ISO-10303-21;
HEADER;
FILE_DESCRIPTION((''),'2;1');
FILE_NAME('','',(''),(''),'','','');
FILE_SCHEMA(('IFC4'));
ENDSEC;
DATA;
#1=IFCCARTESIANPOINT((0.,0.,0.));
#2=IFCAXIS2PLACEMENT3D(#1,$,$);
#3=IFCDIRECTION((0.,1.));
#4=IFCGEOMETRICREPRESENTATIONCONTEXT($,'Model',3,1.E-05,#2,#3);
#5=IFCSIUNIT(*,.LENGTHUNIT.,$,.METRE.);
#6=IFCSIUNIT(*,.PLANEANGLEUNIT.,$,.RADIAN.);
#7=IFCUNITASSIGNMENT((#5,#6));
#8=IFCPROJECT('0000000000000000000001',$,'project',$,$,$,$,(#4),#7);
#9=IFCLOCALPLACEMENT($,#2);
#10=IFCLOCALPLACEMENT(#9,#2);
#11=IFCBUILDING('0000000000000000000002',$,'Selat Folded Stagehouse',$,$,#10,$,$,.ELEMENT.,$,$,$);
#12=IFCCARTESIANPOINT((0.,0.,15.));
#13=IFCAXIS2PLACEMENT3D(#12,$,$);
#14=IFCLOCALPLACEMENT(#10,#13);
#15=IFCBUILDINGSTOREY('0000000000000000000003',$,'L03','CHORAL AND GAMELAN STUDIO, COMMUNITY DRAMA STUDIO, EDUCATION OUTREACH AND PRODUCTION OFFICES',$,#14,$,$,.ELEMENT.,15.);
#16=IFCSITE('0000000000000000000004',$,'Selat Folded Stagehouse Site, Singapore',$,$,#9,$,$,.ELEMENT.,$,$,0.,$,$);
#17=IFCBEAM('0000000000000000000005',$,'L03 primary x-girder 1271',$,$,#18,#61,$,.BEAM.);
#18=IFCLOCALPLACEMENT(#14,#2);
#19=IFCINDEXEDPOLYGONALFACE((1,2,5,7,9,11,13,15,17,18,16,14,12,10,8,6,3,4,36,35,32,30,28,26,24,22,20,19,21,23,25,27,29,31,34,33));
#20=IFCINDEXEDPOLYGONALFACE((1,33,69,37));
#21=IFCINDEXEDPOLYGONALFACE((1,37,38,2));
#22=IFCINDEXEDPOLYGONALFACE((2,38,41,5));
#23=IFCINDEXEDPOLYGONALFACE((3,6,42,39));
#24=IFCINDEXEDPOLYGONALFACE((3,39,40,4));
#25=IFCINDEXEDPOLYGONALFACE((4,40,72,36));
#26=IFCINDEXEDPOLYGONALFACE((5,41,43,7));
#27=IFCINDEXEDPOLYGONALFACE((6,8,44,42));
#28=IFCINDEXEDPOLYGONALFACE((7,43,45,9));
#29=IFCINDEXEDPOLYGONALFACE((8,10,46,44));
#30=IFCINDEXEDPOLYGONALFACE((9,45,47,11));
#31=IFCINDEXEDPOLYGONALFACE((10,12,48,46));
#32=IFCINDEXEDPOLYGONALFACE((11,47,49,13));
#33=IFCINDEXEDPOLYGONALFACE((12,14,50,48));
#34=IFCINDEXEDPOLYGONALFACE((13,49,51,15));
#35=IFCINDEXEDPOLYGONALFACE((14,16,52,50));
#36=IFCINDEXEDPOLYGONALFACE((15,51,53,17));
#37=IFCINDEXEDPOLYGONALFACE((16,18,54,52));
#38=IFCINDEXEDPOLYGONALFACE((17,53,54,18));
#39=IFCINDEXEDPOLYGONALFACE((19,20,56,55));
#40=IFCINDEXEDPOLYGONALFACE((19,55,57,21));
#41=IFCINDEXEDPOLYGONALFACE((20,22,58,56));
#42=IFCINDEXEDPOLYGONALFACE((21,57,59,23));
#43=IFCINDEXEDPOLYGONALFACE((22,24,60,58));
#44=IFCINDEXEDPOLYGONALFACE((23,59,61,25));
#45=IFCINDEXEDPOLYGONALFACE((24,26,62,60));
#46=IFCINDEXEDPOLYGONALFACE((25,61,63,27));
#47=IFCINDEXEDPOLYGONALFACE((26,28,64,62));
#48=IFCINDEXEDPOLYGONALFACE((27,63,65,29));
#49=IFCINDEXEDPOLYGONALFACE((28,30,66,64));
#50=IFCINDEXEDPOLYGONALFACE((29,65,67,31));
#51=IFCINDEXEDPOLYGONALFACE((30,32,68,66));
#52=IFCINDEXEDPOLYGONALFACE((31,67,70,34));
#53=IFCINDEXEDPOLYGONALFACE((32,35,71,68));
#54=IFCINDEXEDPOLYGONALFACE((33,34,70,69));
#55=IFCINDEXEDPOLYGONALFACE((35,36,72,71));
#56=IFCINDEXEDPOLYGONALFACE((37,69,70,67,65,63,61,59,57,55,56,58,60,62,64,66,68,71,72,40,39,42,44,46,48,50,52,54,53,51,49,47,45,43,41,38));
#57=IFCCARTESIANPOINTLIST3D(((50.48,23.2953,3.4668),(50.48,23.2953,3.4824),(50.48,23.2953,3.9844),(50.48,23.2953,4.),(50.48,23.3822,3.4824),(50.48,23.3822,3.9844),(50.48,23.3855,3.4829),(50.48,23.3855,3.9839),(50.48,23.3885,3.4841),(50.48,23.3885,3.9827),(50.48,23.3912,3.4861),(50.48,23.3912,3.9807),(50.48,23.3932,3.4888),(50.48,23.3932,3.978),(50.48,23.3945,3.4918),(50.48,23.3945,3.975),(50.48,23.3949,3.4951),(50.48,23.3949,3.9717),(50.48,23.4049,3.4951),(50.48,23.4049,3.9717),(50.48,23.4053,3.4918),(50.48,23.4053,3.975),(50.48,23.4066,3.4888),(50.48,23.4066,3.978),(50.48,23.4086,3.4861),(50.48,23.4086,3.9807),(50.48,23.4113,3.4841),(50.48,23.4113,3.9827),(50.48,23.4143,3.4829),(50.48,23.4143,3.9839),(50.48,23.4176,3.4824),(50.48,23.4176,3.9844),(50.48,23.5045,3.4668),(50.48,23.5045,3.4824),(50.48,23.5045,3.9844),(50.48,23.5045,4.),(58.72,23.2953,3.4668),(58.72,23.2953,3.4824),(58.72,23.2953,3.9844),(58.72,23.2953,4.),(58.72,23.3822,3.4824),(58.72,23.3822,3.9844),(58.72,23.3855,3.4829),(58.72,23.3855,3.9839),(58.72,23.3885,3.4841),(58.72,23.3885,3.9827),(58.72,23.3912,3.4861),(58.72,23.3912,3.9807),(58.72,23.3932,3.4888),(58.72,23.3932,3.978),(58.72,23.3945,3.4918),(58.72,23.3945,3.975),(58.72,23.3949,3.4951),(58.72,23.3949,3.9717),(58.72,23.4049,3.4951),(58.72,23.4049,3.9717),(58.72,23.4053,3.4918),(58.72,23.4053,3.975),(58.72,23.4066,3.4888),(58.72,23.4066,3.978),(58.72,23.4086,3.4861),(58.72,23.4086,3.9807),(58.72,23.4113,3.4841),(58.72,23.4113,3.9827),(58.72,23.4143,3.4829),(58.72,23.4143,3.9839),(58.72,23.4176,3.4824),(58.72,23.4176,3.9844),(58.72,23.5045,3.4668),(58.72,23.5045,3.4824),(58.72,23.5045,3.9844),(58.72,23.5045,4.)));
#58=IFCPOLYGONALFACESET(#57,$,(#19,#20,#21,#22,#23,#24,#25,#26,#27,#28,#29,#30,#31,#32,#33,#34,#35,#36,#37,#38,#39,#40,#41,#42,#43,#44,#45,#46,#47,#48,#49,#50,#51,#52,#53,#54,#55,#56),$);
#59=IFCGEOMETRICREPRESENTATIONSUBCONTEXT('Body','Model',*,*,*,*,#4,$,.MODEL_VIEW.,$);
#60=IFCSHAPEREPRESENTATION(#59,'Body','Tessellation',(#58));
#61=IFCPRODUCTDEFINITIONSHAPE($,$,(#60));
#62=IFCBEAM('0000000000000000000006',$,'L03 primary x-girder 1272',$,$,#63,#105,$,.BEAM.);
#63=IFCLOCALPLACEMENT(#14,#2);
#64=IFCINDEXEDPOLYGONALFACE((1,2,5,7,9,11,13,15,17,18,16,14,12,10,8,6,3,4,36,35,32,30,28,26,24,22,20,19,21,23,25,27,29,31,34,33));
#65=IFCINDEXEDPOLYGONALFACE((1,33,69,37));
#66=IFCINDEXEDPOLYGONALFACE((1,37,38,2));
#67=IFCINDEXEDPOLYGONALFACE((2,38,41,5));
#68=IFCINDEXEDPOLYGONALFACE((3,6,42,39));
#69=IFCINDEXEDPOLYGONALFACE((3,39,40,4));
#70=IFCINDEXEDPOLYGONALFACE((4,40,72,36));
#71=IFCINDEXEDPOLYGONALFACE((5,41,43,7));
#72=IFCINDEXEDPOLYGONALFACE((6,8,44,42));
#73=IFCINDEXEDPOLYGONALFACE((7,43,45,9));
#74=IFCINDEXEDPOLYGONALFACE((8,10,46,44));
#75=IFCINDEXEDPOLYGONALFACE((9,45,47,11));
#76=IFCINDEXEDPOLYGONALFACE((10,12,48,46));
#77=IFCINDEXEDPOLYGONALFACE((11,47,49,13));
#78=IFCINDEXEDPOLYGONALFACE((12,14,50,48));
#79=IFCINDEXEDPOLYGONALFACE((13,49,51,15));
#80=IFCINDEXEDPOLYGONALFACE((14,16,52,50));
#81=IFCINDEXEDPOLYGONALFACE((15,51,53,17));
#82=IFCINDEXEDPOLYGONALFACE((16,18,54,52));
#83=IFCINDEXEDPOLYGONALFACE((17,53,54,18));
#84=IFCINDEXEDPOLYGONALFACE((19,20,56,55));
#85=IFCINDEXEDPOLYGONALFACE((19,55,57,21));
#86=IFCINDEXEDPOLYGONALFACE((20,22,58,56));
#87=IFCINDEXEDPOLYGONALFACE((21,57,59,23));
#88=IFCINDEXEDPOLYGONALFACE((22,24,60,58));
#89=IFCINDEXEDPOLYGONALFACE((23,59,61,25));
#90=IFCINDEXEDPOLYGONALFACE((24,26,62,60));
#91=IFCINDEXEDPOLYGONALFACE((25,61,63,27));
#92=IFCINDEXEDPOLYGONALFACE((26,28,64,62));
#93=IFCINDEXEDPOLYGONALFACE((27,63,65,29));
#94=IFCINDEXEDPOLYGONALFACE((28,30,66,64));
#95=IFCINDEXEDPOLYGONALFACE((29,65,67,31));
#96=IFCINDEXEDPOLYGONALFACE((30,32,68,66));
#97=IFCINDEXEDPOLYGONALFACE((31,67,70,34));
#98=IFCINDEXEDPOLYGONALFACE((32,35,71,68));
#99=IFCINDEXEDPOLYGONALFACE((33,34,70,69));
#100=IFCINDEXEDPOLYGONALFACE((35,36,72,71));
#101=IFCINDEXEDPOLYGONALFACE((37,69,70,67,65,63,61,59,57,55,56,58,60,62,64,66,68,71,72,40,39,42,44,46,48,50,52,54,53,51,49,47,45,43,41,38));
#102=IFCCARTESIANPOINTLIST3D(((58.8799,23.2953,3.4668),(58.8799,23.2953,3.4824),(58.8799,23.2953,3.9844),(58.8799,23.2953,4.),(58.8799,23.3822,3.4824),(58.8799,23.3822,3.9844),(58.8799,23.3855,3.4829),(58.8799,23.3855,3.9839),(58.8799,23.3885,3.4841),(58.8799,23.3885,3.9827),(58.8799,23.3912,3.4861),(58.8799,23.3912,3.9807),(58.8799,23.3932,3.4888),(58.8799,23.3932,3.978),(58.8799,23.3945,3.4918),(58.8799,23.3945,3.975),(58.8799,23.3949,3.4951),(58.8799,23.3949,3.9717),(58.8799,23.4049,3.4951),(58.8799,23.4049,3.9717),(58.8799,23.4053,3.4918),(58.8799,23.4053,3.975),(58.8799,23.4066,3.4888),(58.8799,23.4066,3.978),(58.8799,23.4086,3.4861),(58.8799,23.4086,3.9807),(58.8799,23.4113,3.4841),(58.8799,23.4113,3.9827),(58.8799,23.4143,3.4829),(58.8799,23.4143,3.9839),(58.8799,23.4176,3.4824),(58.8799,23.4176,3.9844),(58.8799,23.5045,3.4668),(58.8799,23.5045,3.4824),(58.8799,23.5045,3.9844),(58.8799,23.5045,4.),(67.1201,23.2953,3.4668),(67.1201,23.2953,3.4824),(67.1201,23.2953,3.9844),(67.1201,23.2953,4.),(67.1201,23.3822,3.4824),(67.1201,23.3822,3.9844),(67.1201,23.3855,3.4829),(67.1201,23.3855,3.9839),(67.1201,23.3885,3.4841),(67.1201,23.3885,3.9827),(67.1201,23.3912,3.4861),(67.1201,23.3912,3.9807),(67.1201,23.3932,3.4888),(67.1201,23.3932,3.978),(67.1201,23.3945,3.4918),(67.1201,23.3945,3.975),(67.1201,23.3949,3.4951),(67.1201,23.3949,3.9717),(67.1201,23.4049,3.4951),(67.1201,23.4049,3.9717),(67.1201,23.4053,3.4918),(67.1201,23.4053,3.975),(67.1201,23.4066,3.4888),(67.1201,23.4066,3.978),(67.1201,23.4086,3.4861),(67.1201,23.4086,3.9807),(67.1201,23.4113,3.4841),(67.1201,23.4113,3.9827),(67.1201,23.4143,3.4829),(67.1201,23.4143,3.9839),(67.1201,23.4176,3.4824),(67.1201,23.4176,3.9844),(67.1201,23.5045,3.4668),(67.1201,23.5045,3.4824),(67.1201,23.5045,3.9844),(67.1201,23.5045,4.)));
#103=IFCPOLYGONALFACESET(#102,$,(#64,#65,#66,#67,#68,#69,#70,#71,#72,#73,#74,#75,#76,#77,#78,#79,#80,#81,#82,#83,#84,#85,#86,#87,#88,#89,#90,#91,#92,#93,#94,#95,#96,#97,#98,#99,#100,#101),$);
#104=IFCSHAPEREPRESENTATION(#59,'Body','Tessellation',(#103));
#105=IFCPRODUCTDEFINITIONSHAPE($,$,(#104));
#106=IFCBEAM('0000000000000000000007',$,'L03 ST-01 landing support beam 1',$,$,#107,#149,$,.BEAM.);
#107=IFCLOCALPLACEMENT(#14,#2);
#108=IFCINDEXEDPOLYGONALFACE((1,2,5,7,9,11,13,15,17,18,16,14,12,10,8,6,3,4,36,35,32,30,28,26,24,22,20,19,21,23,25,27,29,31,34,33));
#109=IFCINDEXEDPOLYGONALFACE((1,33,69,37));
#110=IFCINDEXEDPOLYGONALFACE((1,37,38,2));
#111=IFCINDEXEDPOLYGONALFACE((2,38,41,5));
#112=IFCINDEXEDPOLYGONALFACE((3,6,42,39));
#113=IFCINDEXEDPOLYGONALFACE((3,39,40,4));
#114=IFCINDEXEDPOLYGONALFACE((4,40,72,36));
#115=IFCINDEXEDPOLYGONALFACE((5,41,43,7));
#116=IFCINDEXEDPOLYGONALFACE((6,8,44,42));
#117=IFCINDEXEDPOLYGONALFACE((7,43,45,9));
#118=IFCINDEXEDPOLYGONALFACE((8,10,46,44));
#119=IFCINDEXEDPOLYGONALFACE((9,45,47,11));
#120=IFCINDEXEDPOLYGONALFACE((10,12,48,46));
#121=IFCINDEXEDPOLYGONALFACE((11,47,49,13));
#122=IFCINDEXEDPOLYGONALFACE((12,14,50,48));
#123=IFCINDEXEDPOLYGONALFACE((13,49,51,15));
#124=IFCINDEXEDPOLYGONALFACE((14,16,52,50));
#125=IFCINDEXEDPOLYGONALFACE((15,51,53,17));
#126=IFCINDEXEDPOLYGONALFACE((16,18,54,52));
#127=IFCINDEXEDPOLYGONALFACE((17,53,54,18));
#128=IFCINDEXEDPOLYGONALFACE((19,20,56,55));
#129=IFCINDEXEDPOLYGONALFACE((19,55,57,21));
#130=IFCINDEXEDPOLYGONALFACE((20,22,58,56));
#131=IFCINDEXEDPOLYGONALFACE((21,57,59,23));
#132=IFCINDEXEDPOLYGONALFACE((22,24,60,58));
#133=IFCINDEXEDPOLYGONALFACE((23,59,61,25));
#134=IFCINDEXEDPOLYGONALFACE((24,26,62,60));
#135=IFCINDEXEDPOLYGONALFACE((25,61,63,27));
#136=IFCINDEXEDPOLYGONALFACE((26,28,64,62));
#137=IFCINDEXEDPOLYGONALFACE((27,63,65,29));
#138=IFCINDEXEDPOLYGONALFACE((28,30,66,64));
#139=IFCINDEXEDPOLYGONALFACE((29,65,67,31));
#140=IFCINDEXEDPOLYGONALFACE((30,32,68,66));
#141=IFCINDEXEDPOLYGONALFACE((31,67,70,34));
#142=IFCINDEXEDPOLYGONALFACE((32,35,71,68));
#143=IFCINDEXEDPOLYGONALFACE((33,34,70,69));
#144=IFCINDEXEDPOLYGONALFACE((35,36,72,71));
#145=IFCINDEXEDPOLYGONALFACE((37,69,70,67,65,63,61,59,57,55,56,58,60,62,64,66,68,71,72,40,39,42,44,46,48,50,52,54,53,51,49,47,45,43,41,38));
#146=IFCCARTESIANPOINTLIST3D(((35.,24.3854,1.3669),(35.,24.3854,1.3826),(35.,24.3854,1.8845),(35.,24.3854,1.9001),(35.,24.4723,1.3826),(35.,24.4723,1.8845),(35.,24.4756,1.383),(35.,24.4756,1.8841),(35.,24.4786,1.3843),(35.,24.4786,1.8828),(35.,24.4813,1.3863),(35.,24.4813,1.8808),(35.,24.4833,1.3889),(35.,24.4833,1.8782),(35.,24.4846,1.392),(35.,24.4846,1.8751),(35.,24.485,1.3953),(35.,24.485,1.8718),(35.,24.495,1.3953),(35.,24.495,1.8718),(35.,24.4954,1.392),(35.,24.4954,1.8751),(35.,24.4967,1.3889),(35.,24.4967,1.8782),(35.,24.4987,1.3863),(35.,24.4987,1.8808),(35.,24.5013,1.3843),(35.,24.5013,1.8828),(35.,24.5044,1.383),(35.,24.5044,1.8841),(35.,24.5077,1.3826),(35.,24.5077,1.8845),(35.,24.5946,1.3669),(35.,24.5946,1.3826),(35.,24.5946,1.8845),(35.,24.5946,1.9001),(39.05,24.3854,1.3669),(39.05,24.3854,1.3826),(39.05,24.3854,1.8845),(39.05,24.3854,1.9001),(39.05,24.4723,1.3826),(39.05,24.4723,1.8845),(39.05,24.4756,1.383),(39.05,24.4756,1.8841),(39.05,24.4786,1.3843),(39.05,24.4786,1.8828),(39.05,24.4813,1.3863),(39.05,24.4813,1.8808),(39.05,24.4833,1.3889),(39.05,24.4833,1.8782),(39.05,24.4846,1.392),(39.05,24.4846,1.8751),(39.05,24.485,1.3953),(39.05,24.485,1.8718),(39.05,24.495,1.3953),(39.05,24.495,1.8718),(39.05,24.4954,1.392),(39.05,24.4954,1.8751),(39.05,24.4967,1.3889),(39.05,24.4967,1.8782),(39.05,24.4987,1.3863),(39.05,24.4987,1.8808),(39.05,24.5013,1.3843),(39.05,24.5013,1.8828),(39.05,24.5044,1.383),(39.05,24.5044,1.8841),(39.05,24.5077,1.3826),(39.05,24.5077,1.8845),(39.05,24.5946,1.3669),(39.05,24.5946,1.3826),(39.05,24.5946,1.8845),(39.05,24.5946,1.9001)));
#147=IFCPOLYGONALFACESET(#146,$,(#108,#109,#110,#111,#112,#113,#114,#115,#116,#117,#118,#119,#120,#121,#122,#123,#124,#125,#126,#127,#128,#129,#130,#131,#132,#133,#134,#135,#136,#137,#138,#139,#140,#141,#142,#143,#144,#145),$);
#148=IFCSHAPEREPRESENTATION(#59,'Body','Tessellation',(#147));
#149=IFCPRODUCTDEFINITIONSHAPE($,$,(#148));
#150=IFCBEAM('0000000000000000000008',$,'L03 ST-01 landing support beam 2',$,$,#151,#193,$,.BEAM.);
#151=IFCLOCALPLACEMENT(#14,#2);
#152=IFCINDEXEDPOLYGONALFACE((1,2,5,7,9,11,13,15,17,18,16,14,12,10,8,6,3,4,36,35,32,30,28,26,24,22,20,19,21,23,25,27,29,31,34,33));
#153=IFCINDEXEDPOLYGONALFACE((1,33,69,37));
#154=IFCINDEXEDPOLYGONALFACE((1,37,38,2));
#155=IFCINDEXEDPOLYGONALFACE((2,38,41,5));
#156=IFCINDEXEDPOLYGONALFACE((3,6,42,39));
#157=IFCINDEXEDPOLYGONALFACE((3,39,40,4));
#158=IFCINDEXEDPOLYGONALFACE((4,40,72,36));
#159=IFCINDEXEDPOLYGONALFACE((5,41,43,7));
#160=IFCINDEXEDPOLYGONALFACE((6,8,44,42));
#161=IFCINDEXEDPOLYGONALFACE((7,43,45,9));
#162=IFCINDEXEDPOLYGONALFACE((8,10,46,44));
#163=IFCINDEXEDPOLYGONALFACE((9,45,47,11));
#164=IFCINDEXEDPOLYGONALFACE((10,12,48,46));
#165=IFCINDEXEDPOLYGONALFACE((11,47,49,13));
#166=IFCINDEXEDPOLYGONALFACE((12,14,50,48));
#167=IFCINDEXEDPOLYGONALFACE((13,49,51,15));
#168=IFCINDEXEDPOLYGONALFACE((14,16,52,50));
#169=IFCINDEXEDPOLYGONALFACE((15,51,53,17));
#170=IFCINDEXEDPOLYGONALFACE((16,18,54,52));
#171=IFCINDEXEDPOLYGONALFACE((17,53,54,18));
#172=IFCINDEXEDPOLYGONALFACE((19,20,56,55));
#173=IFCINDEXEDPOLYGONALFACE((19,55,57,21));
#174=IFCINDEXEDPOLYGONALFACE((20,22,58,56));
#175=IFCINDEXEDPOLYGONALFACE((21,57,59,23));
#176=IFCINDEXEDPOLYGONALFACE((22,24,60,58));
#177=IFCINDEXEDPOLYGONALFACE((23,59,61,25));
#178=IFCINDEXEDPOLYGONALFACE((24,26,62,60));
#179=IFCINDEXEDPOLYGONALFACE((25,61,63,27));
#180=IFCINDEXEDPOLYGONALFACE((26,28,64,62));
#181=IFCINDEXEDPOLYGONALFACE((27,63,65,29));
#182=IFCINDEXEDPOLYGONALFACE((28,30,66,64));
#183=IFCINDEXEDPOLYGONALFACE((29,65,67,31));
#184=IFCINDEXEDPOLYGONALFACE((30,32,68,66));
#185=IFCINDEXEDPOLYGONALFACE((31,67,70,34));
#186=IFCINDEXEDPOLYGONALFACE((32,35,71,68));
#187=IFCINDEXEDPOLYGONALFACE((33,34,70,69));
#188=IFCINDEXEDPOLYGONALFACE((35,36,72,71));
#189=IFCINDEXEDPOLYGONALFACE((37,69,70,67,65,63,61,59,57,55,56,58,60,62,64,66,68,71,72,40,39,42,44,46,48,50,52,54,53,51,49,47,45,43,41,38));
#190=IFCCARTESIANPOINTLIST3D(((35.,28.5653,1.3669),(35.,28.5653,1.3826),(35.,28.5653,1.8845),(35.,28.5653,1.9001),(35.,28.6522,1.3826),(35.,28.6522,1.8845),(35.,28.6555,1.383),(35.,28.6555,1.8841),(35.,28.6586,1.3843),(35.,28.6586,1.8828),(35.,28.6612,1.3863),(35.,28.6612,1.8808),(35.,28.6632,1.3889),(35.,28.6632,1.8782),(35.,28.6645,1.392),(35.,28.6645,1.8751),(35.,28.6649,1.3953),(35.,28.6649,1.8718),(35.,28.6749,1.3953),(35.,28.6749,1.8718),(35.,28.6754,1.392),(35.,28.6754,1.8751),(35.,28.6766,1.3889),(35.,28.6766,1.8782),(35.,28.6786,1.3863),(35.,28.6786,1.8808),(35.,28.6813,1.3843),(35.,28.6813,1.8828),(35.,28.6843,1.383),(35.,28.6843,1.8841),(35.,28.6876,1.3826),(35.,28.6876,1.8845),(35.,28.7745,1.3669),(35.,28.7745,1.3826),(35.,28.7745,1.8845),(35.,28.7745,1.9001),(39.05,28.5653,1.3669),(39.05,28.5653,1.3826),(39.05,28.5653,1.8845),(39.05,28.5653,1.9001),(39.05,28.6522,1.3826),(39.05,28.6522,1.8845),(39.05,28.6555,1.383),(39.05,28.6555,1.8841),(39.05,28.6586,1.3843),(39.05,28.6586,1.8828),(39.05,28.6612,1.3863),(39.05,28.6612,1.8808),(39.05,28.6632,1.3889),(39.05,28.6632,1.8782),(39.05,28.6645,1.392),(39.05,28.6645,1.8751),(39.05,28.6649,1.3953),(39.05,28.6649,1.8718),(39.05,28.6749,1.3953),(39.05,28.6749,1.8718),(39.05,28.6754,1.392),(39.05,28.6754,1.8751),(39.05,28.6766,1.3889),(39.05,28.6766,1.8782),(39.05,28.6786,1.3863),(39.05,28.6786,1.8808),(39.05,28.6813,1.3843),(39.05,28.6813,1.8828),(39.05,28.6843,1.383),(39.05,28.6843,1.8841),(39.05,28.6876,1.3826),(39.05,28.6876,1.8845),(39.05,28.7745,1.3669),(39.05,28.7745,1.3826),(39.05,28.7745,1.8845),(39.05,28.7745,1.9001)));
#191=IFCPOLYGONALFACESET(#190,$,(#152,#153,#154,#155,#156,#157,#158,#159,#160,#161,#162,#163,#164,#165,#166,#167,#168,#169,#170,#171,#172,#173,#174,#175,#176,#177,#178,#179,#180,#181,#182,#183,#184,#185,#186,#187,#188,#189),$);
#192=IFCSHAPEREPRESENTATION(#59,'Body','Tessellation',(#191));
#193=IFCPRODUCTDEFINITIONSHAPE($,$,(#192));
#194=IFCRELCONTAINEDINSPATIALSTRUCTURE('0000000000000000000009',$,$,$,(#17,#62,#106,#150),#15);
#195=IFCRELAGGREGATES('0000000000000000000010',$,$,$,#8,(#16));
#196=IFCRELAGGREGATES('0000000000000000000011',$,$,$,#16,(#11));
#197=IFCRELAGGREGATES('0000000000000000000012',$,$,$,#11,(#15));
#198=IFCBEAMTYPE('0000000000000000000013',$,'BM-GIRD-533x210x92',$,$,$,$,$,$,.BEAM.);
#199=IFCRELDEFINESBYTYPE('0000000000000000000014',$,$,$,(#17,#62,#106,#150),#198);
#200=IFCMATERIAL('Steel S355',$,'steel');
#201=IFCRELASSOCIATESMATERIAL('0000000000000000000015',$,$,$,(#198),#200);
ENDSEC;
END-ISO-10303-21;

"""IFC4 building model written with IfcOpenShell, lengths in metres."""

from ifc_helpers import new_model, si_unit, direction, frame, origin, origin_2d, place, context, subcontext, project, spatial, i_section, extrude, material, material_profile, profile_set, type_object, element, save


model = new_model("IFC4")

# Units and contexts
model_context = context("Model", 3, precision=1e-05, world=origin(), true_north=direction((0.0, 1.0)))
body_context = subcontext(model_context, "Body", "Model", "MODEL_VIEW")
ifc_project = project(units=[si_unit("LENGTHUNIT", "METRE"), si_unit("PLANEANGLEUNIT", "RADIAN")], contexts=[model_context])

# Site, building, storey
site_placement = place(None, origin())
site = spatial("IfcSite", under=ifc_project, at=site_placement, Name="Selat Folded Stagehouse Site, Singapore", CompositionType="ELEMENT", RefElevation=0.0)
building_placement = place(site_placement, origin())
building = spatial("IfcBuilding", under=site, at=building_placement, Name="Selat Folded Stagehouse", CompositionType="ELEMENT")
storey_placement = place(building_placement, frame((0.0, 0.0, 15.0)))
storey = spatial("IfcBuildingStorey", under=building, at=storey_placement, Name="L03", Description="CHORAL AND GAMELAN STUDIO, COMMUNITY DRAMA STUDIO, EDUCATION OUTREACH AND PRODUCTION OFFICES", CompositionType="ELEMENT", Elevation=15.0)

# Shared definitions
ifc_material_1 = material(Name="Steel S355", Category="steel")

# Beams
ifc_material_profile_1 = material_profile(ifc_material_1, i_section(OverallWidth=0.2092, OverallDepth=0.5332, WebThickness=0.01, FlangeThickness=0.0156, FilletRadius=0.0127, at=origin_2d()), Name="UKB 533x210x92")
ifc_profile_set_1 = profile_set([ifc_material_profile_1], Name="Steel S355")
beam_type_1 = type_object("IfcBeamType", Name="BM-GIRD-533x210x92", PredefinedType="BEAM", material=ifc_profile_set_1)
for number, where, z_axis, x_axis, name in (
    (1, (50.48, 23.3999, 3.7334), (1.0, 0.0, 0.0), (0.0, 1.0, 0.0), "L03 primary x-girder 1271"),
):
    element("IfcBeam", number, at=place(storey_placement, frame(where, z_axis=z_axis, x_axis=x_axis)), inside=storey, type_object=beam_type_1, Name=name, PredefinedType="BEAM", context=body_context, shape_type="SweptSolid", body=[
        extrude(i_section(OverallWidth=0.2092, OverallDepth=0.5332, WebThickness=0.01, FlangeThickness=0.0156, FilletRadius=0.0127, at=origin_2d()), origin(), (0.0, 0.0, 1.0), 8.24),
    ])
beam_1_placement = place(storey_placement, frame((58.8799, 23.3999, 3.7334), z_axis=(1.0, 0.0, 0.0), x_axis=(0.0, 1.0, 0.0)))
element("IfcBeam", 2, at=beam_1_placement, inside=storey, type_object=beam_type_1, Name="L03 primary x-girder 1272", PredefinedType="BEAM", context=body_context, shape_type="SweptSolid", body=[
    extrude(i_section(OverallWidth=0.2092, OverallDepth=0.5332, WebThickness=0.01, FlangeThickness=0.0156, FilletRadius=0.0127, at=origin_2d()), origin(), (0.0, 0.0, 1.0), 8.2402),
])
for number, where, z_axis, x_axis, name in (
    (3, (35.0, 24.49, 1.6335), (1.0, 0.0, 0.0), (0.0, 1.0, 0.0), "L03 ST-01 landing support beam 1"),
    (4, (35.0, 28.6699, 1.6335), (1.0, 0.0, 0.0), (0.0, 1.0, 0.0), "L03 ST-01 landing support beam 2"),
):
    element("IfcBeam", number, at=place(storey_placement, frame(where, z_axis=z_axis, x_axis=x_axis)), inside=storey, type_object=beam_type_1, Name=name, PredefinedType="BEAM", context=body_context, shape_type="SweptSolid", body=[
        extrude(i_section(OverallWidth=0.2092, OverallDepth=0.5332, WebThickness=0.01, FlangeThickness=0.0156, FilletRadius=0.0127, at=origin_2d()), origin(), (0.0, 0.0, 1.0), 4.05),
    ])

save(model, "model.ifc")
